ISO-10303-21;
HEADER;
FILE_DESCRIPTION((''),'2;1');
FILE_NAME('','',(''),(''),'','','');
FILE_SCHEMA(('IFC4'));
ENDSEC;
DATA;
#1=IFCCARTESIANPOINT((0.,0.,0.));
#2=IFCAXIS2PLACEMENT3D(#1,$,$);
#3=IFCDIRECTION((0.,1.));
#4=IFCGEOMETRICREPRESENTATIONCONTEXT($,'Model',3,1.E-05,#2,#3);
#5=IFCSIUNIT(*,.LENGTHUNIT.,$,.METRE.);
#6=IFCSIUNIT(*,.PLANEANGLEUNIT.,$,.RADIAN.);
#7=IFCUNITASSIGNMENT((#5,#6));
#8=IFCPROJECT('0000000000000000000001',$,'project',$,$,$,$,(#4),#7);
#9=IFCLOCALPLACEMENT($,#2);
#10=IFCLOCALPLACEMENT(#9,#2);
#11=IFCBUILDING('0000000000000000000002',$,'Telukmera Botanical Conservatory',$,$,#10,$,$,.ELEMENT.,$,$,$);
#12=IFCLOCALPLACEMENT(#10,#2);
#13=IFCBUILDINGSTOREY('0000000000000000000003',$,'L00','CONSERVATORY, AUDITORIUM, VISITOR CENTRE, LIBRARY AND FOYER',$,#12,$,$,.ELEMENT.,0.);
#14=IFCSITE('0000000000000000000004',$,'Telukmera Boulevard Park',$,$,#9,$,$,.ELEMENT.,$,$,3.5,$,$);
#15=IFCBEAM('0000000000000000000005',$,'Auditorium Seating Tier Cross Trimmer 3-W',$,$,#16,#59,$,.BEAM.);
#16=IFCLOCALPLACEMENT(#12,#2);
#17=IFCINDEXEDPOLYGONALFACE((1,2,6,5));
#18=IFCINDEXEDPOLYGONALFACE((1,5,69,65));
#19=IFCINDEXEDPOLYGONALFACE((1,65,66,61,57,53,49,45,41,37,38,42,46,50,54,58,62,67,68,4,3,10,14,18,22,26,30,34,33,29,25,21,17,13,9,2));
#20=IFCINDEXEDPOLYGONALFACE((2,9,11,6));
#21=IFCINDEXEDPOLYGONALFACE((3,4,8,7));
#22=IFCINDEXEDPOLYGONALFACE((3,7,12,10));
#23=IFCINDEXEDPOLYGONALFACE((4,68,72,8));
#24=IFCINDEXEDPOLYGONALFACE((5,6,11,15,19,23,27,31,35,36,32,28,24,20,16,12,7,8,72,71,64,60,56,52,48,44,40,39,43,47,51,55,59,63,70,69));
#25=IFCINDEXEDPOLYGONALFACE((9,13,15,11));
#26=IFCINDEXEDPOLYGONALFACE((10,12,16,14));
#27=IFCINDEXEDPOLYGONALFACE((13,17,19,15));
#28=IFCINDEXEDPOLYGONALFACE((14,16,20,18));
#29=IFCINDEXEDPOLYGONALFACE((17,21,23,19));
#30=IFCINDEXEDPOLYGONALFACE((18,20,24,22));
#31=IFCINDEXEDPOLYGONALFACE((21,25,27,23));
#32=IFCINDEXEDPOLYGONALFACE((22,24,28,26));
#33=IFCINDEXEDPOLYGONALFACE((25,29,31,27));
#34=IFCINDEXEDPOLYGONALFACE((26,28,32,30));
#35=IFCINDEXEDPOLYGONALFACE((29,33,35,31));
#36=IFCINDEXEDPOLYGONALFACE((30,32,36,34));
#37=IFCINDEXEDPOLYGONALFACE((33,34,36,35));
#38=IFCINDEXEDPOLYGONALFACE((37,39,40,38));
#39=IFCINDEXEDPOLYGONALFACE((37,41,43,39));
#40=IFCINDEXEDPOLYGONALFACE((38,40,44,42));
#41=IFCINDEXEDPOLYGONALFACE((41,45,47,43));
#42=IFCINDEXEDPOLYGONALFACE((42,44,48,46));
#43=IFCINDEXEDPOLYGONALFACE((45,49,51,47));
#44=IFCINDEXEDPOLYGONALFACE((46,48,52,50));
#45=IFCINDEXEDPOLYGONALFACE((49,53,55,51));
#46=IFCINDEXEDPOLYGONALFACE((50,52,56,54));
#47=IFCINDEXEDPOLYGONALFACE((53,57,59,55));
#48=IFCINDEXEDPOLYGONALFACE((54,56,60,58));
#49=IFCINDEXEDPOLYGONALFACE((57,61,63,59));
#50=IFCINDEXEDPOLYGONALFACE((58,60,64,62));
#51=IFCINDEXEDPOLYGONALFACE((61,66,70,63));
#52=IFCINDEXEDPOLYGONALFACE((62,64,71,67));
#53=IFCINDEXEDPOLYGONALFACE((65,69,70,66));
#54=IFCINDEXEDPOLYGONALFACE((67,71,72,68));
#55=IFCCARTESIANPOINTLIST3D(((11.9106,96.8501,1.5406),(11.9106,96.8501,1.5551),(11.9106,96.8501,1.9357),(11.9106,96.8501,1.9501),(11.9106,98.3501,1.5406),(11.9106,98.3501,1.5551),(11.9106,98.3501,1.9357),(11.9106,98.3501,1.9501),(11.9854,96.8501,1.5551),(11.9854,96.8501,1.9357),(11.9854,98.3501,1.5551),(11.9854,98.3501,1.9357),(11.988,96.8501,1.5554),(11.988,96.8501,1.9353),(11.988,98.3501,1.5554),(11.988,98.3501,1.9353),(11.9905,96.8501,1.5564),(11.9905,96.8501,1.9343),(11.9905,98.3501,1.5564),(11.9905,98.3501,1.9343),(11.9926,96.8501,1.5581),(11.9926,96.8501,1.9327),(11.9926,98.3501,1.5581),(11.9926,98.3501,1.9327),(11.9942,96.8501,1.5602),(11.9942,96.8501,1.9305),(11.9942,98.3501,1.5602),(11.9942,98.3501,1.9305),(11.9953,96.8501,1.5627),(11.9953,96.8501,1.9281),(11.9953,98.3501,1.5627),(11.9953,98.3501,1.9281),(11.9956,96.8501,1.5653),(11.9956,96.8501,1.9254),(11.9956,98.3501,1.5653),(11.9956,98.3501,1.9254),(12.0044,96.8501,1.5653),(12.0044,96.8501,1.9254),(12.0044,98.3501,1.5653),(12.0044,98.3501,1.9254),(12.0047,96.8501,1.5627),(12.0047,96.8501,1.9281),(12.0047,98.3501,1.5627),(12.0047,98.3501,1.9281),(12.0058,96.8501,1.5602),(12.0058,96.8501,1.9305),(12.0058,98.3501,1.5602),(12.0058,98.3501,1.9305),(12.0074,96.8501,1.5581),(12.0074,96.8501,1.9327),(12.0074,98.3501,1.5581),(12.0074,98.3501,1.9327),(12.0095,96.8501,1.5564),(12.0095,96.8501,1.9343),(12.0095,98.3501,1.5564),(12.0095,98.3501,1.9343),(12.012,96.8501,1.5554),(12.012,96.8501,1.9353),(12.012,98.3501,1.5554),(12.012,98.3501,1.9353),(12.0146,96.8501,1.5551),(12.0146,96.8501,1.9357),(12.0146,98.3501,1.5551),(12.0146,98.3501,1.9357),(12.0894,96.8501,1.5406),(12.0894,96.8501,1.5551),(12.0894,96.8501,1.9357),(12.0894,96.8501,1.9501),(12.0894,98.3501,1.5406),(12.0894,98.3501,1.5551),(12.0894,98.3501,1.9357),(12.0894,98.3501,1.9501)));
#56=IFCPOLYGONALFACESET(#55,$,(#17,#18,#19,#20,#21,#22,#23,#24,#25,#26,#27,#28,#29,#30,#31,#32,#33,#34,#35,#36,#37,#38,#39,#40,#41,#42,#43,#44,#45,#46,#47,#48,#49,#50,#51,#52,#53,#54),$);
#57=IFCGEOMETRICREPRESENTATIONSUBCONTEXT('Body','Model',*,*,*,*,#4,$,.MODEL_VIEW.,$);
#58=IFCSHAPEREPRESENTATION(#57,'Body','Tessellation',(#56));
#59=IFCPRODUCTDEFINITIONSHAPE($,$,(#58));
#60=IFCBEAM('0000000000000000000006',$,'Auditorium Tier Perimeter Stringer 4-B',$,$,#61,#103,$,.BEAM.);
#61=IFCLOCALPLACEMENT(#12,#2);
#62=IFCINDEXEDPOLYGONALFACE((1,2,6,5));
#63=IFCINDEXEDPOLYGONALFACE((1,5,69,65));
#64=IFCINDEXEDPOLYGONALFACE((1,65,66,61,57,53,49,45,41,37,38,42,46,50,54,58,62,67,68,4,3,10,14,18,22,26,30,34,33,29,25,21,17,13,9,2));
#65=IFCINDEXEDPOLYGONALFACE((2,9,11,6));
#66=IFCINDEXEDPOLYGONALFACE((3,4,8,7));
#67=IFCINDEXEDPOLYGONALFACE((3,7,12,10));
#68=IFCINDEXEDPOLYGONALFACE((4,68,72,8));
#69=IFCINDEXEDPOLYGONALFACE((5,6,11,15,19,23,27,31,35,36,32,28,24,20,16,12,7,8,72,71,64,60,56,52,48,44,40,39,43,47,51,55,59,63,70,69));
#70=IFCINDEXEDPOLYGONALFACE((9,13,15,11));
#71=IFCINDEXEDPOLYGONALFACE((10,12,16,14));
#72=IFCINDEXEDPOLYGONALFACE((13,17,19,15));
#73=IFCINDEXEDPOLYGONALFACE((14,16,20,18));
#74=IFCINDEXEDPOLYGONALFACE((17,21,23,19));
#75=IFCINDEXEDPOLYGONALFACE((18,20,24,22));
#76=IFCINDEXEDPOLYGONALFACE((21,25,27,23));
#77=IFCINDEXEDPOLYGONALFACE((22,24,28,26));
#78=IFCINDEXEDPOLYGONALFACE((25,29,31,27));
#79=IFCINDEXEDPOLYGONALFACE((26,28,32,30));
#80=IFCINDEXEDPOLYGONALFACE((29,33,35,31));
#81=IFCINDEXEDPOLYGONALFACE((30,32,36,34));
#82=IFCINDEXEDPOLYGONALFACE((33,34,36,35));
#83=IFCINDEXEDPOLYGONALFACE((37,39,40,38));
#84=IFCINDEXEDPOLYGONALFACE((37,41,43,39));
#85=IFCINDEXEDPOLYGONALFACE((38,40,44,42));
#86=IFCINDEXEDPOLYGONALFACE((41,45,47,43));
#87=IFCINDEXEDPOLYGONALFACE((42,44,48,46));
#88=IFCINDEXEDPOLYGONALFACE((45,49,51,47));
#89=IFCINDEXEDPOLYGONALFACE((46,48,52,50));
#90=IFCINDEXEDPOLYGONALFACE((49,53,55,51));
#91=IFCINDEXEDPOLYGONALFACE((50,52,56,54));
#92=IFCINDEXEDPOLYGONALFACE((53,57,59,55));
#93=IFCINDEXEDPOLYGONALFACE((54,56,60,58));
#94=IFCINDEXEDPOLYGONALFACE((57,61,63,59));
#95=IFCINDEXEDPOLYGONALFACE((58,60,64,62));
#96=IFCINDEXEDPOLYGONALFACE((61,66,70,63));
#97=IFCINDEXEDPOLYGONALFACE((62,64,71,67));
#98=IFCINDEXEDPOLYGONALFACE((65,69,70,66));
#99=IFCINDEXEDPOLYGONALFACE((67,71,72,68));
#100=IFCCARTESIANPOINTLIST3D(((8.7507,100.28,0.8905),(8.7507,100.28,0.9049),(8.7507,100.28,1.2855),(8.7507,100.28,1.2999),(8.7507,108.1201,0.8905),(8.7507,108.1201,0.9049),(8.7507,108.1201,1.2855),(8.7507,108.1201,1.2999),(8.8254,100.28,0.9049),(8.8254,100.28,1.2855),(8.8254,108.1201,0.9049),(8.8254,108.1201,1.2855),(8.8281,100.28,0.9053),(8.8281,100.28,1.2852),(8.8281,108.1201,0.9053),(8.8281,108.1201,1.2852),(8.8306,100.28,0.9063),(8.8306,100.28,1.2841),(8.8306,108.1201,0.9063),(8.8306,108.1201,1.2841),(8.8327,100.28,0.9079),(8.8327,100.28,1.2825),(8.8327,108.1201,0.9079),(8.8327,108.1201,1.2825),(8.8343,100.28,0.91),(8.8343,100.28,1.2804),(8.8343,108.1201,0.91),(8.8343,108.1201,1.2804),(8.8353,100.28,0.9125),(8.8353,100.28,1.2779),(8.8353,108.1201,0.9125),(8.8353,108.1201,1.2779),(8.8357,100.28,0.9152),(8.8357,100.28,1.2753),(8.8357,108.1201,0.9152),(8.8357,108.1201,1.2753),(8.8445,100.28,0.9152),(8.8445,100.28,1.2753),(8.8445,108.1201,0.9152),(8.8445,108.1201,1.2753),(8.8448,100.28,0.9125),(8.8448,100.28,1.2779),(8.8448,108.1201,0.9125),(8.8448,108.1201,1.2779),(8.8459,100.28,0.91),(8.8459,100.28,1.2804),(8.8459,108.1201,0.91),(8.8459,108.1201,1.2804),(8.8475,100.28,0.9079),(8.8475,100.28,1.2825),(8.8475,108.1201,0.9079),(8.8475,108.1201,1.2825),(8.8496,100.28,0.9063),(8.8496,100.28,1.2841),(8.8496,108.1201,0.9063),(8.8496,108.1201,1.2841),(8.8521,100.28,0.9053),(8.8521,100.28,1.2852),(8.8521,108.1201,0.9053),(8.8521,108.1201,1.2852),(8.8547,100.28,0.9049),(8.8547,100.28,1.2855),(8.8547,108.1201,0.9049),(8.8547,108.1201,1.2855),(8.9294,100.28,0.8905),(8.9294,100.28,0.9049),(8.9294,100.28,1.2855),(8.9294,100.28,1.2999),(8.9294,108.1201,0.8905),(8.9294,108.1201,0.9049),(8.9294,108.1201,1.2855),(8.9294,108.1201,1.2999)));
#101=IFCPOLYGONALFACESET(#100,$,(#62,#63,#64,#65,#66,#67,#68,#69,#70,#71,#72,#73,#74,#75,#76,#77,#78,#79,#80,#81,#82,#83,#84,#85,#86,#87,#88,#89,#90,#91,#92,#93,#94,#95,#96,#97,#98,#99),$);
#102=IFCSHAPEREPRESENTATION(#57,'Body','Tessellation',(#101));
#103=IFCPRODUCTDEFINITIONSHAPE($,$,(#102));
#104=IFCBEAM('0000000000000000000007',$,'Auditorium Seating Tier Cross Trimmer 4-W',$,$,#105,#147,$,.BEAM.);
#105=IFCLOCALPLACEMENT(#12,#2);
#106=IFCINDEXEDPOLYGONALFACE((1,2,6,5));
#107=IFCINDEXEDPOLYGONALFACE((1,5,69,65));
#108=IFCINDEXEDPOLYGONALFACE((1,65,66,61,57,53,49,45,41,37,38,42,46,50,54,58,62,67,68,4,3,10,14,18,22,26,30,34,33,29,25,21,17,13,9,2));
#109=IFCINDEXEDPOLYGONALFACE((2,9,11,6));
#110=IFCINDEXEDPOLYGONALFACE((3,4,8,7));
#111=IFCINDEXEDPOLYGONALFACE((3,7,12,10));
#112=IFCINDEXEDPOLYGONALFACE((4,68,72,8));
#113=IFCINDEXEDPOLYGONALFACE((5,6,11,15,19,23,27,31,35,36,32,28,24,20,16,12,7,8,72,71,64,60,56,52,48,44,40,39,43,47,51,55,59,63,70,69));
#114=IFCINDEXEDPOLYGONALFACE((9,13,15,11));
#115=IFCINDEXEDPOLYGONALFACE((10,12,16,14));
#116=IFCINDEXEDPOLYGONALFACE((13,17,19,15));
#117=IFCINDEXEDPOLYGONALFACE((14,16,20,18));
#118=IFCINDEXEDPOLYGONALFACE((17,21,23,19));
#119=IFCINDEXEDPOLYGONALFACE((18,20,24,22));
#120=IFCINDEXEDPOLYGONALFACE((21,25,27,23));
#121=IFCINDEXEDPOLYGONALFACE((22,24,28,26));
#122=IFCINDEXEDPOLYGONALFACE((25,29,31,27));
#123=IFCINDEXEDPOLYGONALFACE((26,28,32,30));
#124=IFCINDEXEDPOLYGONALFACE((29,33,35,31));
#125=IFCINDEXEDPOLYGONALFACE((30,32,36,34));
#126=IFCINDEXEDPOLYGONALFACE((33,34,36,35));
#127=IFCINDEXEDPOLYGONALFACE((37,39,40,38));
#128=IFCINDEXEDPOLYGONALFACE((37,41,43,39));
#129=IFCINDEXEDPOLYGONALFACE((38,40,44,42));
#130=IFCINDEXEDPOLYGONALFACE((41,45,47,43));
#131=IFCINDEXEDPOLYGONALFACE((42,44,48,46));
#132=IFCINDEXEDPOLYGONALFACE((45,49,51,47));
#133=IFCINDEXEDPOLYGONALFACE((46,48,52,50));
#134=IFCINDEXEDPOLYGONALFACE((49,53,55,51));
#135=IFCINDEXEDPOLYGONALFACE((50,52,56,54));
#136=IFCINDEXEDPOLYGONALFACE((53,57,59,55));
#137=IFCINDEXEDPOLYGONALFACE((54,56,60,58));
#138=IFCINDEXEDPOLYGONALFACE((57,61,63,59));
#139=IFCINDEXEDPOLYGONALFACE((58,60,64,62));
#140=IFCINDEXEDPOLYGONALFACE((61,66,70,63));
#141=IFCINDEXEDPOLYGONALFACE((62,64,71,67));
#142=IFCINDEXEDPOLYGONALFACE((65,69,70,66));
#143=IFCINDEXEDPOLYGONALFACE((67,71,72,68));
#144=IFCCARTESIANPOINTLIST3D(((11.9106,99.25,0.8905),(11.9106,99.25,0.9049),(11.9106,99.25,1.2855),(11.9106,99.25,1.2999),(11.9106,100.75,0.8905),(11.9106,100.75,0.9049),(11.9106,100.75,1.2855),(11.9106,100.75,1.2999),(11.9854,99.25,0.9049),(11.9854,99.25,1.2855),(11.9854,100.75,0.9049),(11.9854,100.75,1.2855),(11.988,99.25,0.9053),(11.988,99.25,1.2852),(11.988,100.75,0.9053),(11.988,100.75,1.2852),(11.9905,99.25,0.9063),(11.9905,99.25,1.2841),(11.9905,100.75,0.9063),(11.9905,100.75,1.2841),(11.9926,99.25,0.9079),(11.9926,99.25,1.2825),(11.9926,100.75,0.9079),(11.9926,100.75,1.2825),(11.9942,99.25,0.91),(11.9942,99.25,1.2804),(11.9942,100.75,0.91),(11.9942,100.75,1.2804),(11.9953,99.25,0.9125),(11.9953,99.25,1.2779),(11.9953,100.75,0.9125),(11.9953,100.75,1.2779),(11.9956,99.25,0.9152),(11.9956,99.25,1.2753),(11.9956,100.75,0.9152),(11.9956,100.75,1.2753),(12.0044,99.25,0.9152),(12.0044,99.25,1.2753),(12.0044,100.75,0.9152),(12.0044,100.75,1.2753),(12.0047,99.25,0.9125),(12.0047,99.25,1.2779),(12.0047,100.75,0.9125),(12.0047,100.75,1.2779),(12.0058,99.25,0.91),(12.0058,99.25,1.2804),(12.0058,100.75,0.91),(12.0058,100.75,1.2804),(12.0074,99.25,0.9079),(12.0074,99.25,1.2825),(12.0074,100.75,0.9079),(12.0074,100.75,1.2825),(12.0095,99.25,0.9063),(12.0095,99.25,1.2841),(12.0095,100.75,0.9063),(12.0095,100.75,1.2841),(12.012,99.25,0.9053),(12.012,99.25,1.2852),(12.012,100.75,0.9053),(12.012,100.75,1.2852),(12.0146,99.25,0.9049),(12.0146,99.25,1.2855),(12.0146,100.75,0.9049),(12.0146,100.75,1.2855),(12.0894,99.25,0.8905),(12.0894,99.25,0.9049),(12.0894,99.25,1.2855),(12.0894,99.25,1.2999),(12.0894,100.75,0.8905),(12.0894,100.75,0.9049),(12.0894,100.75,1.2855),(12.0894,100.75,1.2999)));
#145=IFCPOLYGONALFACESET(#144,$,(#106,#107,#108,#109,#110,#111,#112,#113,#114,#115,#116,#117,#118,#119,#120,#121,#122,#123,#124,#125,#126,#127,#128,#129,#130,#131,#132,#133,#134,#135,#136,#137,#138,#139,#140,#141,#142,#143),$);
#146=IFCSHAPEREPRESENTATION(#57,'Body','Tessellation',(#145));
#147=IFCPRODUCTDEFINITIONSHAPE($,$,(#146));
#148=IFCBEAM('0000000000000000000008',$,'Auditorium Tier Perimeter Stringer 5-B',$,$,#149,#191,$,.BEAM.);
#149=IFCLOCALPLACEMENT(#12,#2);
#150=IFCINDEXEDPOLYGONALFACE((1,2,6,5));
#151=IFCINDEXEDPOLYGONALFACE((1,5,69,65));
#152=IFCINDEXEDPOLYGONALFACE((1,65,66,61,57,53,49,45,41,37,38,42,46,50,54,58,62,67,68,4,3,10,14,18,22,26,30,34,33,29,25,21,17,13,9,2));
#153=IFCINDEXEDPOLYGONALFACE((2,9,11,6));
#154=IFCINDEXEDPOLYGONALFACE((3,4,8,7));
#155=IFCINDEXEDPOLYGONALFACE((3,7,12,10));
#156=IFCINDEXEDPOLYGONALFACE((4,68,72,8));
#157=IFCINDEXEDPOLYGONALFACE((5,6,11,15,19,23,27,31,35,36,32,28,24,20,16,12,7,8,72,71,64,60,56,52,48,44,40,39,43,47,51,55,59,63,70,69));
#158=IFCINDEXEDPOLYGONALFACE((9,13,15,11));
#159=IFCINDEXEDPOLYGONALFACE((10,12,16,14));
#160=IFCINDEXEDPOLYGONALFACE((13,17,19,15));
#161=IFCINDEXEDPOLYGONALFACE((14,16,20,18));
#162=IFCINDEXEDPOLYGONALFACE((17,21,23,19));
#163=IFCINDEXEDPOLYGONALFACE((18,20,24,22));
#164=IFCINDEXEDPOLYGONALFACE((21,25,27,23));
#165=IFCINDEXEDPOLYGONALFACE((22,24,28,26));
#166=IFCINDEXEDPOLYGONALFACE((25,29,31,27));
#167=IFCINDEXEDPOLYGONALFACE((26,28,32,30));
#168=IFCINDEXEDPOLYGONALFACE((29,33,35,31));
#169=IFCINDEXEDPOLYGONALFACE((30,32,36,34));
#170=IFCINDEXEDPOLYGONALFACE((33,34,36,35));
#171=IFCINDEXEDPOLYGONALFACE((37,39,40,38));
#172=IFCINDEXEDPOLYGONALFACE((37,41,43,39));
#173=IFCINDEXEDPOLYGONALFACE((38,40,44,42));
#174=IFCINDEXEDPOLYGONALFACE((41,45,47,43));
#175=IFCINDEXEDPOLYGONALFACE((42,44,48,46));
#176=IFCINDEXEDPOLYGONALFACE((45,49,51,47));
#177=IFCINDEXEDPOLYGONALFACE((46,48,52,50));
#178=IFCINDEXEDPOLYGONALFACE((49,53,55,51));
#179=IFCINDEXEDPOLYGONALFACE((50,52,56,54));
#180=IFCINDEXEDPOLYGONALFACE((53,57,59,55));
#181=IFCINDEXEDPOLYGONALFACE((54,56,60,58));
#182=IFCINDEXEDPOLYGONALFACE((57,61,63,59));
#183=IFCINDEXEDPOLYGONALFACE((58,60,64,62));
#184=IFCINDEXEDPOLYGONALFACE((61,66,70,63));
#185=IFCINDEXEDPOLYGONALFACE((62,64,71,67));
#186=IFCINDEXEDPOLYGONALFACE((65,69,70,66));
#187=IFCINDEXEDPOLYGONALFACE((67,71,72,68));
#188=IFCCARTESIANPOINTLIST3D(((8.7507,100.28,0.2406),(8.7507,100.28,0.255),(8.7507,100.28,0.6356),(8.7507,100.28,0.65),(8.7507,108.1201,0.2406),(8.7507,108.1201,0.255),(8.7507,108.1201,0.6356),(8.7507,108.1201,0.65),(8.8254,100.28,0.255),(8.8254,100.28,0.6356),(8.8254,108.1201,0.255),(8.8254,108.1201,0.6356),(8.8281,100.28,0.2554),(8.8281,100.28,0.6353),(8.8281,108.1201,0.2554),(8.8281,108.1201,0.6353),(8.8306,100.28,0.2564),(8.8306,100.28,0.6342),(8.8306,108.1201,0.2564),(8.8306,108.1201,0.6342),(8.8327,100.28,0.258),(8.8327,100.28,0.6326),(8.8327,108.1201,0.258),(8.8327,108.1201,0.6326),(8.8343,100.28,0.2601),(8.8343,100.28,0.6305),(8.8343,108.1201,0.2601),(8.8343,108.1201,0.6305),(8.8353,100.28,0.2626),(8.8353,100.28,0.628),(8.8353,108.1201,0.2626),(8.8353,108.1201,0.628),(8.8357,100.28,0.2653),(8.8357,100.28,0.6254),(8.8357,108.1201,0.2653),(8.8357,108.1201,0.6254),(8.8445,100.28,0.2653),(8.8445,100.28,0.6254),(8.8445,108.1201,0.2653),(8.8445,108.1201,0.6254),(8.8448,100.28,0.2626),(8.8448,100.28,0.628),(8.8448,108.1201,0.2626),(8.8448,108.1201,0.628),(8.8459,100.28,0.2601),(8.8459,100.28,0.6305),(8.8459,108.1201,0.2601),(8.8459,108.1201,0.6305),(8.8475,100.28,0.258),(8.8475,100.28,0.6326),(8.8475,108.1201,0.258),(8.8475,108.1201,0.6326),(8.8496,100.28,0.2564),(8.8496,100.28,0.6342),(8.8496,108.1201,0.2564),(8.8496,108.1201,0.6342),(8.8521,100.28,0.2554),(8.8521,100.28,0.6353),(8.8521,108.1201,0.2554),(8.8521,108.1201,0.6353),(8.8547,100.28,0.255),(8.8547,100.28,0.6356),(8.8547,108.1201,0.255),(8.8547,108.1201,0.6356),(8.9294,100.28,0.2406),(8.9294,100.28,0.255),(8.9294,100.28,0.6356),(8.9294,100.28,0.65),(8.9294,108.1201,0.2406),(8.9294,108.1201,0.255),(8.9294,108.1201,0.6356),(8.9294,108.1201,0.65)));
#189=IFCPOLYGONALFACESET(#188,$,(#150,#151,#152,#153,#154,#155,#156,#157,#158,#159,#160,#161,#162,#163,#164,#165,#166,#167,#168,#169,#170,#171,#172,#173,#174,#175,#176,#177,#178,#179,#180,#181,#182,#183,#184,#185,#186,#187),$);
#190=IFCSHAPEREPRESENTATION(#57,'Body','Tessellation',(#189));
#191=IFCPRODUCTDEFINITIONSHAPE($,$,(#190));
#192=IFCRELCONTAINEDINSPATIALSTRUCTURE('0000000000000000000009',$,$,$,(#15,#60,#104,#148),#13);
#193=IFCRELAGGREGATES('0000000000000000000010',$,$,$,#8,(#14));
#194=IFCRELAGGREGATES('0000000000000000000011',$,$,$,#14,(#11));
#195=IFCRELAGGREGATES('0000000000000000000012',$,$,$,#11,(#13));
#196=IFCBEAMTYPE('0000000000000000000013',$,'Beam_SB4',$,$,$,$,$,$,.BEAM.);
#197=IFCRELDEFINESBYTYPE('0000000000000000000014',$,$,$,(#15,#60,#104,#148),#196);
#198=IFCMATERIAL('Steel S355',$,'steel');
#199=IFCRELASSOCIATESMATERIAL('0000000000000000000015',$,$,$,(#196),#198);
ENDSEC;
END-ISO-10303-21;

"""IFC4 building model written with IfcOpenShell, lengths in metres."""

from ifc_helpers import new_model, si_unit, direction, frame, origin, origin_2d, place, context, subcontext, project, spatial, i_section, extrude, material, material_profile, profile_set, type_object, element, save


model = new_model("IFC4")

# Units and contexts
model_context = context("Model", 3, precision=1e-05, world=origin(), true_north=direction((0.0, 1.0)))
body_context = subcontext(model_context, "Body", "Model", "MODEL_VIEW")
ifc_project = project(units=[si_unit("LENGTHUNIT", "METRE"), si_unit("PLANEANGLEUNIT", "RADIAN")], contexts=[model_context])

# Site, building, storey
site_placement = place(None, origin())
site = spatial("IfcSite", under=ifc_project, at=site_placement, Name="Telukmera Boulevard Park", CompositionType="ELEMENT", RefElevation=3.5)
building_placement = place(site_placement, origin())
building = spatial("IfcBuilding", under=site, at=building_placement, Name="Telukmera Botanical Conservatory", CompositionType="ELEMENT")
storey_placement = place(building_placement, origin())
storey = spatial("IfcBuildingStorey", under=building, at=storey_placement, Name="L00", Description="CONSERVATORY, AUDITORIUM, VISITOR CENTRE, LIBRARY AND FOYER", CompositionType="ELEMENT", Elevation=0.0)

# Beams
ifc_material_1 = material(Name="Steel S355", Category="steel")
ifc_material_profile_1 = material_profile(ifc_material_1, i_section(OverallWidth=0.1787, OverallDepth=0.4094, WebThickness=0.0088, FlangeThickness=0.0144, FilletRadius=0.0103, at=origin_2d()), Name="UB 406x178x67")
ifc_profile_set_1 = profile_set([ifc_material_profile_1], Name="Steel S355")
beam_type_1 = type_object("IfcBeamType", Name="Beam_SB4", PredefinedType="BEAM", material=ifc_profile_set_1)
beam_1_placement = place(storey_placement, frame((12.0, 96.8501, 1.7454), z_axis=(0.0, 1.0, 0.0), x_axis=(-1.0, 0.0, 0.0)))
element("IfcBeam", 1, at=beam_1_placement, inside=storey, type_object=beam_type_1, Name="Auditorium Seating Tier Cross Trimmer 3-W", PredefinedType="BEAM", context=body_context, shape_type="SweptSolid", body=[
    extrude(i_section(OverallWidth=0.1787, OverallDepth=0.4094, WebThickness=0.0088, FlangeThickness=0.0144, FilletRadius=0.0103, at=origin_2d()), origin(), (0.0, 0.0, 1.0), 1.5),
])
beam_2_placement = place(storey_placement, frame((8.8401, 100.28, 1.0952), z_axis=(0.0, 1.0, 0.0), x_axis=(-1.0, 0.0, 0.0)))
element("IfcBeam", 2, at=beam_2_placement, inside=storey, type_object=beam_type_1, Name="Auditorium Tier Perimeter Stringer 4-B", PredefinedType="BEAM", context=body_context, shape_type="SweptSolid", body=[
    extrude(i_section(OverallWidth=0.1787, OverallDepth=0.4094, WebThickness=0.0088, FlangeThickness=0.0144, FilletRadius=0.0103, at=origin_2d()), origin(), (0.0, 0.0, 1.0), 7.8401),
])
beam_3_placement = place(storey_placement, frame((12.0, 99.25, 1.0952), z_axis=(0.0, 1.0, 0.0), x_axis=(-1.0, 0.0, 0.0)))
element("IfcBeam", 3, at=beam_3_placement, inside=storey, type_object=beam_type_1, Name="Auditorium Seating Tier Cross Trimmer 4-W", PredefinedType="BEAM", context=body_context, shape_type="SweptSolid", body=[
    extrude(i_section(OverallWidth=0.1787, OverallDepth=0.4094, WebThickness=0.0088, FlangeThickness=0.0144, FilletRadius=0.0103, at=origin_2d()), origin(), (0.0, 0.0, 1.0), 1.5),
])
beam_4_placement = place(storey_placement, frame((8.8401, 100.28, 0.4453), z_axis=(0.0, 1.0, 0.0), x_axis=(-1.0, 0.0, 0.0)))
element("IfcBeam", 4, at=beam_4_placement, inside=storey, type_object=beam_type_1, Name="Auditorium Tier Perimeter Stringer 5-B", PredefinedType="BEAM", context=body_context, shape_type="SweptSolid", body=[
    extrude(i_section(OverallWidth=0.1787, OverallDepth=0.4094, WebThickness=0.0088, FlangeThickness=0.0144, FilletRadius=0.0103, at=origin_2d()), origin(), (0.0, 0.0, 1.0), 7.8401),
])

save(model, "model.ifc")
